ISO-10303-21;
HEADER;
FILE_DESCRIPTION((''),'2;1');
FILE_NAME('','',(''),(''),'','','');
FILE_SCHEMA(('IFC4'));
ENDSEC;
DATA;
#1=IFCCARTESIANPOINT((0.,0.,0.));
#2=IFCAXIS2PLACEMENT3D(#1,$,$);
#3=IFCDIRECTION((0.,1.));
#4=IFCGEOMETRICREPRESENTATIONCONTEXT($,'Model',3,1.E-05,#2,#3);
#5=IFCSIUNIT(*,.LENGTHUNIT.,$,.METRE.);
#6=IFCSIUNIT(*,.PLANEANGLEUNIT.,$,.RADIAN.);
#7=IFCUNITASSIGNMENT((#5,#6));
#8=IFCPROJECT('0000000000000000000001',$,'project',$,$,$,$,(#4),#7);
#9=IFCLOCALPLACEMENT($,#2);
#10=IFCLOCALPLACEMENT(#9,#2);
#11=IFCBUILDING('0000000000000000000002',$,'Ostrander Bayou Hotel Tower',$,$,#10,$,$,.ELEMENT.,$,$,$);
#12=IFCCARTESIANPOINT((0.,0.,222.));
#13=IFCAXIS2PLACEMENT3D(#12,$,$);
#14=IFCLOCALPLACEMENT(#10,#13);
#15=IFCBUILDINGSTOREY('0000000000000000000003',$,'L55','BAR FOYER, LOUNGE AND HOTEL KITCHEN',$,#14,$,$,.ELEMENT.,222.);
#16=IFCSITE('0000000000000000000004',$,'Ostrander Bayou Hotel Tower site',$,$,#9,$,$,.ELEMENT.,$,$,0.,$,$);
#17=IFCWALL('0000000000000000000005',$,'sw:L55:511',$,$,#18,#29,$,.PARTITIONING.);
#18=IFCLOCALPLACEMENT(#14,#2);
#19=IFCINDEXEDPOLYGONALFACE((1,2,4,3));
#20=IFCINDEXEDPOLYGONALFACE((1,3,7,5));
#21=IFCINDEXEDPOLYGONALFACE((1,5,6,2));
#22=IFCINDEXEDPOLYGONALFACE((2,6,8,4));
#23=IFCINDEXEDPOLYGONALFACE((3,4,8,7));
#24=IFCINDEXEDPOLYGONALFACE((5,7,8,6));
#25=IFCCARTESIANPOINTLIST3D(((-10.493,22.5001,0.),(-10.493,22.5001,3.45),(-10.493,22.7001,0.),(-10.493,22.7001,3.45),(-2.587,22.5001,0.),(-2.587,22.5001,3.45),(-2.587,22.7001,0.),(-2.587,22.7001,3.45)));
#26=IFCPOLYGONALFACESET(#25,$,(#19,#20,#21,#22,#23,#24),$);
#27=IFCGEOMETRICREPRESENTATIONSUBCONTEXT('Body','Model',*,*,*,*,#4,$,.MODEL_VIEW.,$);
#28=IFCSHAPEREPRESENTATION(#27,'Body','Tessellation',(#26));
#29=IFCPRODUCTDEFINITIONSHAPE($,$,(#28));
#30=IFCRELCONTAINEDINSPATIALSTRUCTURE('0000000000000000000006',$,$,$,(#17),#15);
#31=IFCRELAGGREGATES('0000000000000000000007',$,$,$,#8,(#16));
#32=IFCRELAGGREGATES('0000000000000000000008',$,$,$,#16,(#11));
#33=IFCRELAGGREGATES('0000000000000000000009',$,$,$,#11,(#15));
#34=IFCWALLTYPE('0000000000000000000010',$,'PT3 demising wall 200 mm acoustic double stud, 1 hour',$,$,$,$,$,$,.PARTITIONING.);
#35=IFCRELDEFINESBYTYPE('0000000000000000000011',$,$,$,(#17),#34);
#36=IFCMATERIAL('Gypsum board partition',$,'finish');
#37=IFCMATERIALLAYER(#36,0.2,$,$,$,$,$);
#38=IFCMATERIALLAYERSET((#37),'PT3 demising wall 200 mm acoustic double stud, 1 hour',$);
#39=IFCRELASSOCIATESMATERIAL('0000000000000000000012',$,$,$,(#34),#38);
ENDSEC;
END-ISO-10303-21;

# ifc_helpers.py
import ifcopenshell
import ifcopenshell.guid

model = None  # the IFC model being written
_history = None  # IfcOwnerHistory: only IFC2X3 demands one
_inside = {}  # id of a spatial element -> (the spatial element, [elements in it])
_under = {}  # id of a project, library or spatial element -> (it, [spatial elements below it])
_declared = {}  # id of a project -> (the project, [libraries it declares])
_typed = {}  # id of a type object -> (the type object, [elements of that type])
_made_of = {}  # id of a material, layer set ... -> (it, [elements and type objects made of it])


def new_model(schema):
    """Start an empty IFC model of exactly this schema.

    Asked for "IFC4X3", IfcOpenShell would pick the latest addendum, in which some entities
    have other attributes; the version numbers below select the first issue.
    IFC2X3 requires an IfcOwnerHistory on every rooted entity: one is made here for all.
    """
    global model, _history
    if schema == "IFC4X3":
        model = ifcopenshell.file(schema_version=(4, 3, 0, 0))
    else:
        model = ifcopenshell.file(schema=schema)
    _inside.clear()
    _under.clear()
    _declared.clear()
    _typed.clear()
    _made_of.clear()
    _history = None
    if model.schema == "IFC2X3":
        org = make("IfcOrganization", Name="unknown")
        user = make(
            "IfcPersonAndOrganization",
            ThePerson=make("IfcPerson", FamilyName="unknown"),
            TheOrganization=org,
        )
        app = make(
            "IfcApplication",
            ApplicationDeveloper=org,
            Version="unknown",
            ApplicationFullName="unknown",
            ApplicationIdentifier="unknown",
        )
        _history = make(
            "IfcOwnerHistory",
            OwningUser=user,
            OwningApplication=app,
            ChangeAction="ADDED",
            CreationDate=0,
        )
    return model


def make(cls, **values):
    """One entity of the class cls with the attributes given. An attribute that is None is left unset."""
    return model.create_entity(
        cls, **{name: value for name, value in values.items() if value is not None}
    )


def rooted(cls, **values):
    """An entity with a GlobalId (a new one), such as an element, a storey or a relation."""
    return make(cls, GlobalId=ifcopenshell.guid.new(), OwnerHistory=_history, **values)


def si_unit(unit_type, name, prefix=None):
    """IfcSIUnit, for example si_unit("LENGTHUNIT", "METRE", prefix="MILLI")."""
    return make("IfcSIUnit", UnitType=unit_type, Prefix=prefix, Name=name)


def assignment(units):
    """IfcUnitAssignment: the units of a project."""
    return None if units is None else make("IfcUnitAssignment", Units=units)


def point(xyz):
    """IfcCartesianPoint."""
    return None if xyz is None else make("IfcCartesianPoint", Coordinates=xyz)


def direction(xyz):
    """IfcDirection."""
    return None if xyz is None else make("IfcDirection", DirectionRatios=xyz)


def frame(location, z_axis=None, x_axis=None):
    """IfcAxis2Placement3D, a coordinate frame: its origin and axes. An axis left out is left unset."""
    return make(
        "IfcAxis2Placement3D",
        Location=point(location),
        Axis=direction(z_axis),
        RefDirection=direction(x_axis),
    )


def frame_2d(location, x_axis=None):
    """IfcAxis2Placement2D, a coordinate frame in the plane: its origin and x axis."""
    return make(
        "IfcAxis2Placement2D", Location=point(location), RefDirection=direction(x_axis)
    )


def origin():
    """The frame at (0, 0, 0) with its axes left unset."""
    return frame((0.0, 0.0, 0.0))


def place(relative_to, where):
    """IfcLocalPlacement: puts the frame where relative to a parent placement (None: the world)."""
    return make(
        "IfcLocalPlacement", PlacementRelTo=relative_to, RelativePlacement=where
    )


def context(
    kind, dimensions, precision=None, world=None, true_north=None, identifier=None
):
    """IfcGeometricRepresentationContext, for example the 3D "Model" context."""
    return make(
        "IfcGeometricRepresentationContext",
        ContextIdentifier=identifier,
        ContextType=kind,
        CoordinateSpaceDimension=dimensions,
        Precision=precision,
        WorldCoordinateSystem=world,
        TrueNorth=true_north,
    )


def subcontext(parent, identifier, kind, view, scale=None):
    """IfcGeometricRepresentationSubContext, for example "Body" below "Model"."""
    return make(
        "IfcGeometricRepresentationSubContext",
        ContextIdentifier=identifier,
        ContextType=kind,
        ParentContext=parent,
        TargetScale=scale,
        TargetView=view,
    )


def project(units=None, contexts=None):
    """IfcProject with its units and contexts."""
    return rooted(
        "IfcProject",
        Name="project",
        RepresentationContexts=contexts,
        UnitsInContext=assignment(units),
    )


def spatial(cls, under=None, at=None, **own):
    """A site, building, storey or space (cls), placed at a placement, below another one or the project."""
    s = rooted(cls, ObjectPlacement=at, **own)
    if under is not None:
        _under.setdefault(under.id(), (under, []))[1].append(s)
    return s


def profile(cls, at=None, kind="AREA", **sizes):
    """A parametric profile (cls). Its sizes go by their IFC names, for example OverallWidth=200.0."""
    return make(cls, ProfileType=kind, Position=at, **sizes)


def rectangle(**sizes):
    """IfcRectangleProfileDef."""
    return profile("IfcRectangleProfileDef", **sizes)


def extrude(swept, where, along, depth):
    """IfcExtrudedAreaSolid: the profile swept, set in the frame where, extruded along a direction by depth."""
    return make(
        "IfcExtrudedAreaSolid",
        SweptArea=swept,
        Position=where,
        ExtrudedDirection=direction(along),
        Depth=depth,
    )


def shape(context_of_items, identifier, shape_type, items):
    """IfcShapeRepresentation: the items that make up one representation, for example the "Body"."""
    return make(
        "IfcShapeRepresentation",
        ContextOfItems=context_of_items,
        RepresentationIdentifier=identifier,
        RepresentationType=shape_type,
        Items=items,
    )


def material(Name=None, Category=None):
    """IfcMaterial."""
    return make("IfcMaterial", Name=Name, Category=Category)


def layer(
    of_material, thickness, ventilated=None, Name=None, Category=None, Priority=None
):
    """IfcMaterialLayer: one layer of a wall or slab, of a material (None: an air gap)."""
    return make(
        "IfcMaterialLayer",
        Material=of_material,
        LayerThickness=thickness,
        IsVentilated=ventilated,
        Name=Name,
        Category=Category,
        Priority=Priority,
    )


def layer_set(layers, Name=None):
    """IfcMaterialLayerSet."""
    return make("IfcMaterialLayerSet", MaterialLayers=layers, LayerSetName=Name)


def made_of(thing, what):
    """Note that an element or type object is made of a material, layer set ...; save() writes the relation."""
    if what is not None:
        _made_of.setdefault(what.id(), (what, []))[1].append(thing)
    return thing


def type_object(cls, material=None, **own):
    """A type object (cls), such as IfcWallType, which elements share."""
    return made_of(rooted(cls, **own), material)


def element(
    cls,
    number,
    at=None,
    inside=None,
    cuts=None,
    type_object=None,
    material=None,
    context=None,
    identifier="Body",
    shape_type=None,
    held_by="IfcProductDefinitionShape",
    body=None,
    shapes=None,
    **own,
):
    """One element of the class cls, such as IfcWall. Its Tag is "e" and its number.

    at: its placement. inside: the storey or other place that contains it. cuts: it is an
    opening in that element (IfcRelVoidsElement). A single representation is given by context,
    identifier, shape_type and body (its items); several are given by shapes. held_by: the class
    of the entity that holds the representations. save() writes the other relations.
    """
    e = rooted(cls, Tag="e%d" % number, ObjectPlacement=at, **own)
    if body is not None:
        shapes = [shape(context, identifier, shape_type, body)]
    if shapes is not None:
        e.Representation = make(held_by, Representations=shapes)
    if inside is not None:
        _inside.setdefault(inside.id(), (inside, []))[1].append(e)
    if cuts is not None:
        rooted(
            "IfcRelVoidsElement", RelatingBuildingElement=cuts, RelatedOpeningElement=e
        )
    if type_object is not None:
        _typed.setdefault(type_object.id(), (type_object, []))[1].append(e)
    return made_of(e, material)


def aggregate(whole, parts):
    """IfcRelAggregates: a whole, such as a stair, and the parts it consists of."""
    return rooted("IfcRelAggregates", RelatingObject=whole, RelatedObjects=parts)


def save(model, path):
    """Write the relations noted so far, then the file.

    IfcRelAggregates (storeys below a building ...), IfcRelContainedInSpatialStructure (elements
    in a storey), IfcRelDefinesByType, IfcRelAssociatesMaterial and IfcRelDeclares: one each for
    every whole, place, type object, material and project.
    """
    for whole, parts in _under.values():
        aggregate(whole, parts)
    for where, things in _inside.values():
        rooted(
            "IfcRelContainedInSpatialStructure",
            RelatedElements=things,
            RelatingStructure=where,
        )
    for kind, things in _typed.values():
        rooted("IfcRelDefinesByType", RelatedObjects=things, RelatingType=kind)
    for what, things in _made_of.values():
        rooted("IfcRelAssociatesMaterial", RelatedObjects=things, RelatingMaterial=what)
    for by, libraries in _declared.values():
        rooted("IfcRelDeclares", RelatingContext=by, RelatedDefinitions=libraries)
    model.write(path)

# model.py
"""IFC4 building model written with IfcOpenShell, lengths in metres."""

from ifc_helpers import new_model, si_unit, direction, frame, frame_2d, origin, place, context, subcontext, project, spatial, rectangle, extrude, material, layer, layer_set, type_object, element, save


model = new_model("IFC4")

# Units and contexts
model_context = context("Model", 3, precision=1e-05, world=origin(), true_north=direction((0.0, 1.0)))
body_context = subcontext(model_context, "Body", "Model", "MODEL_VIEW")
ifc_project = project(units=[si_unit("LENGTHUNIT", "METRE"), si_unit("PLANEANGLEUNIT", "RADIAN")], contexts=[model_context])

# Site, building, storey
site_placement = place(None, origin())
site = spatial("IfcSite", under=ifc_project, at=site_placement, Name="Ostrander Bayou Hotel Tower site", CompositionType="ELEMENT", RefElevation=0.0)
building_placement = place(site_placement, origin())
building = spatial("IfcBuilding", under=site, at=building_placement, Name="Ostrander Bayou Hotel Tower", CompositionType="ELEMENT")
storey_placement = place(building_placement, frame((0.0, 0.0, 222.0)))
storey = spatial("IfcBuildingStorey", under=building, at=storey_placement, Name="L55", Description="BAR FOYER, LOUNGE AND HOTEL KITCHEN", CompositionType="ELEMENT", Elevation=222.0)

# Wall
ifc_material_1 = material(Name="Gypsum board partition", Category="finish")
ifc_layer_1 = layer(ifc_material_1, 0.2)
ifc_layer_set_1 = layer_set([ifc_layer_1], Name="PT3 demising wall 200 mm acoustic double stud, 1 hour")
wall_type = type_object("IfcWallType", Name="PT3 demising wall 200 mm acoustic double stud, 1 hour", PredefinedType="PARTITIONING", material=ifc_layer_set_1)
wall_placement = place(storey_placement, frame((-10.4932, 22.6001, 0.0), z_axis=(0.0, 0.0, 1.0), x_axis=(1.0, 0.0, 0.0)))
element("IfcWall", 1, at=wall_placement, inside=storey, type_object=wall_type, Name="sw:L55:511", PredefinedType="PARTITIONING", context=body_context, shape_type="SweptSolid", body=[
    extrude(rectangle(XDim=7.906, YDim=0.2, at=frame_2d((3.9531, 0.0))), origin(), (0.0, 0.0, 1.0), 3.45),
])

save(model, "model.ifc")
